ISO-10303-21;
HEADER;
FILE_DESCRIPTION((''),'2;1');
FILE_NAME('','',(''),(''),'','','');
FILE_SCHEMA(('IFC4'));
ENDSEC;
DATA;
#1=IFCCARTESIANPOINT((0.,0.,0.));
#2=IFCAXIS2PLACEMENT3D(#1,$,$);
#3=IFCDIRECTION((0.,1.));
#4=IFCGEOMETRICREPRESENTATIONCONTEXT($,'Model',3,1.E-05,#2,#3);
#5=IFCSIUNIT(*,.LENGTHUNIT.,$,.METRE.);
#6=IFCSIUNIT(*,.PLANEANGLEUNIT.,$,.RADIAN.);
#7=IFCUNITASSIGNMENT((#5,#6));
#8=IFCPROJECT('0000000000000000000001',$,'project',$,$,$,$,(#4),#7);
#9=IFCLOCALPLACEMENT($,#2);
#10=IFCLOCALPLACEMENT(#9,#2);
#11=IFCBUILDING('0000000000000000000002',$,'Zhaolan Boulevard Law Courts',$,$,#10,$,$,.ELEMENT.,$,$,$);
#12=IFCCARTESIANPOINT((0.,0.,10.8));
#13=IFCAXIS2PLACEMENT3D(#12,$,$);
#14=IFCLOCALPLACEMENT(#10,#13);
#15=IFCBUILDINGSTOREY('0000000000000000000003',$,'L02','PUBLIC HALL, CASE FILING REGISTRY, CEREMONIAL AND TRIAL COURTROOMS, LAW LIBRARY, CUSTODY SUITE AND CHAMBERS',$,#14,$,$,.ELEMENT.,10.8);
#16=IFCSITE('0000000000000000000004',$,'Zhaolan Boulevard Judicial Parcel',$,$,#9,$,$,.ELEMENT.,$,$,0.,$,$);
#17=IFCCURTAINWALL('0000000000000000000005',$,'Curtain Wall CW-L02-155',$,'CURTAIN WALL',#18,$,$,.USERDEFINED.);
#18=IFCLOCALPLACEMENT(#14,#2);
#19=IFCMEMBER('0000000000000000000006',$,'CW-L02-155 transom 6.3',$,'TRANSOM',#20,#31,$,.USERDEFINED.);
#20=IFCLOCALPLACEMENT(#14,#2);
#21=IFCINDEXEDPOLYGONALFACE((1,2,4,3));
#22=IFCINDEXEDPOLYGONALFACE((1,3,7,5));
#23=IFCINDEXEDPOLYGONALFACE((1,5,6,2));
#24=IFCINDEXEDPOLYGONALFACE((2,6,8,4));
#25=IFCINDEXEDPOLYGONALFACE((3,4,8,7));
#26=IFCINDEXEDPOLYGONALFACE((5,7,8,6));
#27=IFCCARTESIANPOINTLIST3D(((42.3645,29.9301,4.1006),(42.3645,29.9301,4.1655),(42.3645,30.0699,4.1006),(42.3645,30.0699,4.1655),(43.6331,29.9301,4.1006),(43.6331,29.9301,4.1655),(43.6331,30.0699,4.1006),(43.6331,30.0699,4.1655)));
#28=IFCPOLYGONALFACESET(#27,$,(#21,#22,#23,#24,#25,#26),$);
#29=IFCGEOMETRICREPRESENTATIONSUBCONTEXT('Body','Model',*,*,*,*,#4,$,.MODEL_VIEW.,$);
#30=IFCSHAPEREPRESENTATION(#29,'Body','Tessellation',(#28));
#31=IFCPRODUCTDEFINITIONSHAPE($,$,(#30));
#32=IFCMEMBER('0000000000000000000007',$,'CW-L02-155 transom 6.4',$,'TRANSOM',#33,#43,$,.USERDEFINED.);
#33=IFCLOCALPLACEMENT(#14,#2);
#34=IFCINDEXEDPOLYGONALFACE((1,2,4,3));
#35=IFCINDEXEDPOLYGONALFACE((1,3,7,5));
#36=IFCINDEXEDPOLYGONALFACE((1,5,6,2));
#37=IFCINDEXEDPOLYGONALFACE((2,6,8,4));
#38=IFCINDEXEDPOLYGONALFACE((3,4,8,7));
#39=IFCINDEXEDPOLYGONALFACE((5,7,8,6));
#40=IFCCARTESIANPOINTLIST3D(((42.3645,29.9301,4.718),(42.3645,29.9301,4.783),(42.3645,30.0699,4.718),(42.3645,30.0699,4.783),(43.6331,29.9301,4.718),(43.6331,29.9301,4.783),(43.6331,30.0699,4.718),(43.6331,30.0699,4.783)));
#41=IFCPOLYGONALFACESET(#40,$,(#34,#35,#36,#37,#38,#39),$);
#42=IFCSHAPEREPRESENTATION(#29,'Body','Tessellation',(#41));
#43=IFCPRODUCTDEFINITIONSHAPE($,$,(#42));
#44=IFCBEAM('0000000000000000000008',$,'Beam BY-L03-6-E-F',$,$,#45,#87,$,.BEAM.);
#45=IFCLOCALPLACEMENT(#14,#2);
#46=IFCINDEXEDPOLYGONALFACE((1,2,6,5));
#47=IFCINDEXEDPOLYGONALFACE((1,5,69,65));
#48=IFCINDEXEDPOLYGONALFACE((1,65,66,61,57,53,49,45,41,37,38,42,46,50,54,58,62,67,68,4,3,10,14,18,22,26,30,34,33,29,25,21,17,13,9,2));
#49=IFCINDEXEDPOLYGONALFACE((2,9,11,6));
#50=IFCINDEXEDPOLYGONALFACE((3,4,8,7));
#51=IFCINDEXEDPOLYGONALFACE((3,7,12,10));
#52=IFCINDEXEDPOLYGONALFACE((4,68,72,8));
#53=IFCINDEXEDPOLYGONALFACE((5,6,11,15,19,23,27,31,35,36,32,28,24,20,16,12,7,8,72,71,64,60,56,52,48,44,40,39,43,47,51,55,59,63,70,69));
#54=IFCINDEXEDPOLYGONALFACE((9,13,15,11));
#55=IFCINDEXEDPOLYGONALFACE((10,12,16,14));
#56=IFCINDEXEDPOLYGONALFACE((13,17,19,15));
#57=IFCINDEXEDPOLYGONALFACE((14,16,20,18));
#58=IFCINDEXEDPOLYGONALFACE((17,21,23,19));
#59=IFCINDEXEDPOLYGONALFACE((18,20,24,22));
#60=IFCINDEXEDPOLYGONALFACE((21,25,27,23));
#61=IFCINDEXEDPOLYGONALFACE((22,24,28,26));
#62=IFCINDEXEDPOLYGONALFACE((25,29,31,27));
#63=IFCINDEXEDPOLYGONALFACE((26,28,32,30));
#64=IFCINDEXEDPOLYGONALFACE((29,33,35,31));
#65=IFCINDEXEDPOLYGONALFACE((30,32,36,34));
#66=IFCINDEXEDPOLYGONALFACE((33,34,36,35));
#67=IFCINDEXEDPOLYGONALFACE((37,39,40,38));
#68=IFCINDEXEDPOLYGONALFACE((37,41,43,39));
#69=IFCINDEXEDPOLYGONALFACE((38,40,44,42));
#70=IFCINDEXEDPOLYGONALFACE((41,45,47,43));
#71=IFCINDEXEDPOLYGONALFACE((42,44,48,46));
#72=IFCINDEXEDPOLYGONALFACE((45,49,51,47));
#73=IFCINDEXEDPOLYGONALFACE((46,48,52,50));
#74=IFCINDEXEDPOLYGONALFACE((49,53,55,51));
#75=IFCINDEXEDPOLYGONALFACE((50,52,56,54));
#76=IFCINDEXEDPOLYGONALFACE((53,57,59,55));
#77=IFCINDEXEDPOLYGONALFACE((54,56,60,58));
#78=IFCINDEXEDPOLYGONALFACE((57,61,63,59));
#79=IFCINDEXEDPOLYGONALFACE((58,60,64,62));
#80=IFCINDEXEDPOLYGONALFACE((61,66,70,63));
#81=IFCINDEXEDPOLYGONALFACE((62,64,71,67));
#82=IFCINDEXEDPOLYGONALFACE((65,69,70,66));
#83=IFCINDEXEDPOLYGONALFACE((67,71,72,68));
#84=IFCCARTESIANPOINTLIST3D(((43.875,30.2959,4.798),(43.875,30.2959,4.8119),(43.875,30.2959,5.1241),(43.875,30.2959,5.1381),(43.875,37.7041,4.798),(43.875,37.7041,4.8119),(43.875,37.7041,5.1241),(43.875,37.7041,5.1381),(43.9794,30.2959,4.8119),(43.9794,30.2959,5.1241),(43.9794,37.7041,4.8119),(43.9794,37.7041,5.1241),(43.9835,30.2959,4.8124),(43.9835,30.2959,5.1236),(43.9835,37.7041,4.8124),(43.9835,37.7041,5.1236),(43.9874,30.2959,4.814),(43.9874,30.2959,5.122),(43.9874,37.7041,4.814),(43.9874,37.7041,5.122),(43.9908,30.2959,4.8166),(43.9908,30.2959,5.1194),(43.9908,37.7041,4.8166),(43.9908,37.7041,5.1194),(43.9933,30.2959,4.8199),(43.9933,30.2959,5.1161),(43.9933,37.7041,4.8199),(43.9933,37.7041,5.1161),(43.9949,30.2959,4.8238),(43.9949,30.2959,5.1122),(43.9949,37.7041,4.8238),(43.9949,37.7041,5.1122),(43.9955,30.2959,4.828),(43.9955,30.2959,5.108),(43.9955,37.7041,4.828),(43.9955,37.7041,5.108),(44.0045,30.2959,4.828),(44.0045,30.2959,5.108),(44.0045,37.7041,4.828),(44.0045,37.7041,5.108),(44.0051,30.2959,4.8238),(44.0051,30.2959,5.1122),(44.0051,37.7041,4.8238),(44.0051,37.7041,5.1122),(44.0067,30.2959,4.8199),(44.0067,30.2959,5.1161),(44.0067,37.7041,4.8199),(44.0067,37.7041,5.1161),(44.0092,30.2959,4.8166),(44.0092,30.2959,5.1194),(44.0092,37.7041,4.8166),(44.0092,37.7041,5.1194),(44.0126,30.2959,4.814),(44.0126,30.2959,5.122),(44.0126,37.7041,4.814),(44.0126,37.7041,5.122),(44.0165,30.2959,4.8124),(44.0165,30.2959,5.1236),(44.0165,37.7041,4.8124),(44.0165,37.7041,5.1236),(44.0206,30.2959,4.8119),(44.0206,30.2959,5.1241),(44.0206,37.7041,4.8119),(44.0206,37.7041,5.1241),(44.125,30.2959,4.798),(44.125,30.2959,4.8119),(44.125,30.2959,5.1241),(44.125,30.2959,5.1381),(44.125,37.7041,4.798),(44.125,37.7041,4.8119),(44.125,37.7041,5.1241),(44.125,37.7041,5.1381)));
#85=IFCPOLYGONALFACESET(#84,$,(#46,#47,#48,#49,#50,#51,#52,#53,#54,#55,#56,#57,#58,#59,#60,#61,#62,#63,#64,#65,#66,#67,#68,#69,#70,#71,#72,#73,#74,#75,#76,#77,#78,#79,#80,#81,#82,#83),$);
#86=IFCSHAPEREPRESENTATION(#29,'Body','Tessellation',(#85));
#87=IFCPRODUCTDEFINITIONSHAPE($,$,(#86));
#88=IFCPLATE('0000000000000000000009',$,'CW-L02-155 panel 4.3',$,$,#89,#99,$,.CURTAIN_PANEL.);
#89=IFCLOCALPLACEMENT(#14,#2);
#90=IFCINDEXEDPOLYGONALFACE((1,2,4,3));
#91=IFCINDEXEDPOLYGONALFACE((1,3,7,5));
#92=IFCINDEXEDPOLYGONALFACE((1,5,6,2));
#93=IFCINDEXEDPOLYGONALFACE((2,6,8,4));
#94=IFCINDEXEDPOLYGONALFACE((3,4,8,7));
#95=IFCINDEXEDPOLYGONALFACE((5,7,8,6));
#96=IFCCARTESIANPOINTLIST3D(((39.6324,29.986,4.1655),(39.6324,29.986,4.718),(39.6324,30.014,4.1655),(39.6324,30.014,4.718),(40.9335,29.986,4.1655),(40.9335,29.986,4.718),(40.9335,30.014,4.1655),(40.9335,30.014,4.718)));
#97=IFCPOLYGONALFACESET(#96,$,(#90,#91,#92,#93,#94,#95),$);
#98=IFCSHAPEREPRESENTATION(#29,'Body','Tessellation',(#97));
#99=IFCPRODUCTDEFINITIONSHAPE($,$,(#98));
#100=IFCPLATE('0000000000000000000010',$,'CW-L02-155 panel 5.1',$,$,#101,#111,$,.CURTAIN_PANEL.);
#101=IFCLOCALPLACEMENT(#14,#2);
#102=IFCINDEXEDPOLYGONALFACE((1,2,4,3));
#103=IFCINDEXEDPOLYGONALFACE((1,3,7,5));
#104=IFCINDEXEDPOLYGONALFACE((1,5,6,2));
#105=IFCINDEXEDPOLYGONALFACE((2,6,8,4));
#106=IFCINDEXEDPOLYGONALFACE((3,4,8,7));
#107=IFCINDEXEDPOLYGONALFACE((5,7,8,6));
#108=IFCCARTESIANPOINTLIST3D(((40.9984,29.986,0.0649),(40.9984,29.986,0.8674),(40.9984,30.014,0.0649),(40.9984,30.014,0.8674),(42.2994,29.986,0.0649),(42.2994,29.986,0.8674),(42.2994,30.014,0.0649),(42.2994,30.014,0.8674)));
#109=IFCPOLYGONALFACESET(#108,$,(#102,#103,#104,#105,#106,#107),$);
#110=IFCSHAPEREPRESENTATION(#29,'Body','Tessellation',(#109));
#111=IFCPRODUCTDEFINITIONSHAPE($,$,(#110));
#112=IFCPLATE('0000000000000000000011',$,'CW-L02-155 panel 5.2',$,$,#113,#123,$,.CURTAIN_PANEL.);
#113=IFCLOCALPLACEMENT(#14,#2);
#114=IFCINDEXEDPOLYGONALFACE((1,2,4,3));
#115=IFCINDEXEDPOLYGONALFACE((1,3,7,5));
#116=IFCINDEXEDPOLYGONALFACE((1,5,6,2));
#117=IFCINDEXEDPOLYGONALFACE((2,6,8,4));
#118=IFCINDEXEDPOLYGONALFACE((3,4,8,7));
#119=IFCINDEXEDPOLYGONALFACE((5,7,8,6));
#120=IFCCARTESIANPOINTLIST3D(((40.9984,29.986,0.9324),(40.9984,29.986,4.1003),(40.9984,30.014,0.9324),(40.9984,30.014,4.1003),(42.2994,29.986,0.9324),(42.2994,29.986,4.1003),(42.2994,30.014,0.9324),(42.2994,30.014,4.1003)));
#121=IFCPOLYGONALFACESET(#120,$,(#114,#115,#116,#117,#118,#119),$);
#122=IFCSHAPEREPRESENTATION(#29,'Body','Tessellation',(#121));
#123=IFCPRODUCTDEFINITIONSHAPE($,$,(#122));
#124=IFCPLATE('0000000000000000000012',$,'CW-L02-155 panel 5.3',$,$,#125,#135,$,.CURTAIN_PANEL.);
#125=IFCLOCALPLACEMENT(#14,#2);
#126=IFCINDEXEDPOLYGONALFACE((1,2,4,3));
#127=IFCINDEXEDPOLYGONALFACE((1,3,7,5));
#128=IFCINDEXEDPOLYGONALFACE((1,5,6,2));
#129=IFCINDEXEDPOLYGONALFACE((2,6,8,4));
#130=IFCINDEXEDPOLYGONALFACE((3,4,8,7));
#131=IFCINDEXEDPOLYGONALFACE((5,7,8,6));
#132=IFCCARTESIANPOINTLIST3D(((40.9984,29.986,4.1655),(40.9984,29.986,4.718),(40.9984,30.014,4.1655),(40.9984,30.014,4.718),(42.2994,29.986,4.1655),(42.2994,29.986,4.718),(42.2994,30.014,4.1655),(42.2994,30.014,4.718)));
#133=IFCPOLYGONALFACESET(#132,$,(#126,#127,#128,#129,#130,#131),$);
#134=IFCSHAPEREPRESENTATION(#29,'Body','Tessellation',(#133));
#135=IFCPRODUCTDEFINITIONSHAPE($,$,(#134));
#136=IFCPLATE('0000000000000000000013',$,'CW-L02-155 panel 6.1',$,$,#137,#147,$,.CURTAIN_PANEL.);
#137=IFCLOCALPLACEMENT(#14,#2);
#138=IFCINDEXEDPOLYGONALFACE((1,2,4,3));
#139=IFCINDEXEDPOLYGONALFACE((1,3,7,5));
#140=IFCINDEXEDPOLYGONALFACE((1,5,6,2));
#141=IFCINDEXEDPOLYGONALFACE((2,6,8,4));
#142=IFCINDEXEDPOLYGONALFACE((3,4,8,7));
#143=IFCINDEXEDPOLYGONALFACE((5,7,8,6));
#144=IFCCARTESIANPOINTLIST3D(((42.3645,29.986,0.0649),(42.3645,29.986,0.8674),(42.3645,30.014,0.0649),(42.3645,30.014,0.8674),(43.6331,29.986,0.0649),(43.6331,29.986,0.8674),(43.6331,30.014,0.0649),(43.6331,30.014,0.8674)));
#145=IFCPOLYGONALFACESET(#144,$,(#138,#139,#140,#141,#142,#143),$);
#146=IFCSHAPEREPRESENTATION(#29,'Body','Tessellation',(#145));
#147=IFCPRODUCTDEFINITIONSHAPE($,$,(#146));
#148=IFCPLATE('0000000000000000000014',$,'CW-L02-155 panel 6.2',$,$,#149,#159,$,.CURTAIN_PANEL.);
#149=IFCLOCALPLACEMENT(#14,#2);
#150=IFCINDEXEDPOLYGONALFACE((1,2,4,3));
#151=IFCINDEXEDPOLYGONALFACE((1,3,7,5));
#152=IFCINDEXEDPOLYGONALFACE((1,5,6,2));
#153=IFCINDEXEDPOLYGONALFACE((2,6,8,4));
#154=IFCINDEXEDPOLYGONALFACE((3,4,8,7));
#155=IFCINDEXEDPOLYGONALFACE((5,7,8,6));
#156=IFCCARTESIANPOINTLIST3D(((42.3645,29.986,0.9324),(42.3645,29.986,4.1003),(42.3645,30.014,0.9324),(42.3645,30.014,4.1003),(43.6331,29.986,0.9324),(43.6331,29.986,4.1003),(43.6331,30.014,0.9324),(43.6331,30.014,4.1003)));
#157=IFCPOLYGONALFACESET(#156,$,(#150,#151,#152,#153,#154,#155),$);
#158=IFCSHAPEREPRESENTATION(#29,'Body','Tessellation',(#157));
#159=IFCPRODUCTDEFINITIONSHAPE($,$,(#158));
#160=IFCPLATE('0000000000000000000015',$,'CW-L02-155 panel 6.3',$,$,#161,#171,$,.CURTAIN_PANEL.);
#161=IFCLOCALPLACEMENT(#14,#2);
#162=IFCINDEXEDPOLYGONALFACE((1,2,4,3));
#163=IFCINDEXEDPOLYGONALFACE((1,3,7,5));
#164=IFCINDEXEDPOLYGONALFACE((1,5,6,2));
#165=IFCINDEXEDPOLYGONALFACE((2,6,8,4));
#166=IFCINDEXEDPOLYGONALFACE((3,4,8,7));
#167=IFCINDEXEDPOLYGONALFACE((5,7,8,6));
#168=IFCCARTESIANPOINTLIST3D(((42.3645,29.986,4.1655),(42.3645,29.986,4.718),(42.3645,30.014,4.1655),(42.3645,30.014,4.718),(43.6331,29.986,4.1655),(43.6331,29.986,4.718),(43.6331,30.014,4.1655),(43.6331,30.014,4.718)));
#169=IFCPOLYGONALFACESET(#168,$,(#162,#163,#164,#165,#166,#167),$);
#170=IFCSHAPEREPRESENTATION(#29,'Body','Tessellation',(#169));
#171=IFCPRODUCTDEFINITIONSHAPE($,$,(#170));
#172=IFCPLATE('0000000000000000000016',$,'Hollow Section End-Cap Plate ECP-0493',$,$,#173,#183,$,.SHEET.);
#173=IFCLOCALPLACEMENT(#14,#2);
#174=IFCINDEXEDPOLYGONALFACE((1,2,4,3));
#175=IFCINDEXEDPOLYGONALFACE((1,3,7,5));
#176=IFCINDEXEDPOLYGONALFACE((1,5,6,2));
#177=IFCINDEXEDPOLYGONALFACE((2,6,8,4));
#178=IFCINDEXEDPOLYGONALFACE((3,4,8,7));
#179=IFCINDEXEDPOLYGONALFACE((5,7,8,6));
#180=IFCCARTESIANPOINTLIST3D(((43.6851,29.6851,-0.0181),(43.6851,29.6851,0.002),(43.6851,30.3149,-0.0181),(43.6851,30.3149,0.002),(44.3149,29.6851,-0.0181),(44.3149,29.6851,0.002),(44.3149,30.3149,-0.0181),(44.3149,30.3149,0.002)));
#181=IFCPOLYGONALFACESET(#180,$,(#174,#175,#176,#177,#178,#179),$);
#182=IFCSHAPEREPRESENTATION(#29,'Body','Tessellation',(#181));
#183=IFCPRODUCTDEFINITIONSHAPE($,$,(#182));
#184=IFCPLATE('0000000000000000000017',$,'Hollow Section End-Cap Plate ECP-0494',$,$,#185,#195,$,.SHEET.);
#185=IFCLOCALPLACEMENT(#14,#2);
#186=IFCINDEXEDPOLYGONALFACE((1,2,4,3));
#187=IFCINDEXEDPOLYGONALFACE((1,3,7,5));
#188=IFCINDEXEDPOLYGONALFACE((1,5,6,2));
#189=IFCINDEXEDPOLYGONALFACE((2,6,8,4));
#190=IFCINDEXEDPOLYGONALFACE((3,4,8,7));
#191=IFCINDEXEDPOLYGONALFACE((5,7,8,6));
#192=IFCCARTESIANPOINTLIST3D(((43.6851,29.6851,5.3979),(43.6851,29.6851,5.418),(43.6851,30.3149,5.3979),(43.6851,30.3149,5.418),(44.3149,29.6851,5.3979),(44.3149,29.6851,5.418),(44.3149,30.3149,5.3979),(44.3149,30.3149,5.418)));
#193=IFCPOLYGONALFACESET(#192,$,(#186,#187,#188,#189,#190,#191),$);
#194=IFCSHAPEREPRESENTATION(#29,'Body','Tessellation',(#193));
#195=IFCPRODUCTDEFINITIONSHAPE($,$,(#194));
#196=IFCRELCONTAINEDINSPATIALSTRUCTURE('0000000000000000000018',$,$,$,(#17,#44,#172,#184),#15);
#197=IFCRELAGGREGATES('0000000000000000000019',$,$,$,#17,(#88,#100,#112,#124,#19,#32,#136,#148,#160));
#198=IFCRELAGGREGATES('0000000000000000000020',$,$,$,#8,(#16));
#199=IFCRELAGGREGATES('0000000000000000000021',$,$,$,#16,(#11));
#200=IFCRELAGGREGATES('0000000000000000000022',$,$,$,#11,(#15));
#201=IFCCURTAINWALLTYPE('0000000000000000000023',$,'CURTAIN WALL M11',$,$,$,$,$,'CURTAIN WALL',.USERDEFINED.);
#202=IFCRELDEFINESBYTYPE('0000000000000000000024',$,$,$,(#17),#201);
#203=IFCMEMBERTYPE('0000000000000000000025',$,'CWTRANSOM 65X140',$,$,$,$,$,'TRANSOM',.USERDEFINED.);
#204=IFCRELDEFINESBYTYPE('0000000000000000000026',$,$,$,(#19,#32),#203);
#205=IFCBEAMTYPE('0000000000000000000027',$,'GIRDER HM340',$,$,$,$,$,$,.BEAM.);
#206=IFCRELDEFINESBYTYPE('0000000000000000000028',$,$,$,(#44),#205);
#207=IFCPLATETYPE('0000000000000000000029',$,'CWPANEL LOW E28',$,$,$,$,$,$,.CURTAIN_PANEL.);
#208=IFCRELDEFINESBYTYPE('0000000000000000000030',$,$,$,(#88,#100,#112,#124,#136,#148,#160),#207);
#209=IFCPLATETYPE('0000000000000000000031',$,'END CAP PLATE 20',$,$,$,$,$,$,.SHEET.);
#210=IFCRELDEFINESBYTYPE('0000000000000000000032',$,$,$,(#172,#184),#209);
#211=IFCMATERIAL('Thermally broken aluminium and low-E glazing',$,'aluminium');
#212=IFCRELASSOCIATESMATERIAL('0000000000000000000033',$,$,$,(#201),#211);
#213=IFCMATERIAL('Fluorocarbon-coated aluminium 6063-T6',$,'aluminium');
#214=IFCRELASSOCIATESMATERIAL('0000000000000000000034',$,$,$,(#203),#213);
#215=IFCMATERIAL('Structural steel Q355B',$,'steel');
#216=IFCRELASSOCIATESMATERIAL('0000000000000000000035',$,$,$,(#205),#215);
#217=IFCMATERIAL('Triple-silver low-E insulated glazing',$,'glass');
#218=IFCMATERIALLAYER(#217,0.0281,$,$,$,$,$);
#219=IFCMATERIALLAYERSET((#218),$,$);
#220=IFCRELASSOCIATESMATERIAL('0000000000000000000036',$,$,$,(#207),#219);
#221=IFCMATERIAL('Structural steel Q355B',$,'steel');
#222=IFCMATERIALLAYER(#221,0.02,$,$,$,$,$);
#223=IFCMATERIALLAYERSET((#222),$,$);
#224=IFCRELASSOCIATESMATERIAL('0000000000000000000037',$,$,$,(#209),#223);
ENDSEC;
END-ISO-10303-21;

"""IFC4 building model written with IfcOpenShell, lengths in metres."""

from ifc_helpers import new_model, si_unit, direction, frame, origin, origin_2d, place, context, subcontext, project, spatial, rectangle, i_section, extrude, material, layer, layer_set, material_profile, profile_set, type_object, element, aggregate, save


model = new_model("IFC4")

# Units and contexts
model_context = context("Model", 3, precision=1e-05, world=origin(), true_north=direction((0.0, 1.0)))
body_context = subcontext(model_context, "Body", "Model", "MODEL_VIEW")
ifc_project = project(units=[si_unit("LENGTHUNIT", "METRE"), si_unit("PLANEANGLEUNIT", "RADIAN")], contexts=[model_context])

# Site, building, storey
site_placement = place(None, origin())
site = spatial("IfcSite", under=ifc_project, at=site_placement, Name="Zhaolan Boulevard Judicial Parcel", CompositionType="ELEMENT", RefElevation=0.0)
building_placement = place(site_placement, origin())
building = spatial("IfcBuilding", under=site, at=building_placement, Name="Zhaolan Boulevard Law Courts", CompositionType="ELEMENT")
storey_placement = place(building_placement, frame((0.0, 0.0, 10.8)))
storey = spatial("IfcBuildingStorey", under=building, at=storey_placement, Name="L02", Description="PUBLIC HALL, CASE FILING REGISTRY, CEREMONIAL AND TRIAL COURTROOMS, LAW LIBRARY, CUSTODY SUITE AND CHAMBERS", CompositionType="ELEMENT", Elevation=10.8)

# Curtain wall, members
ifc_material_1 = material(Name="Thermally broken aluminium and low-E glazing", Category="aluminium")
curtain_wall_type = type_object("IfcCurtainWallType", Name="CURTAIN WALL M11", ElementType="CURTAIN WALL", PredefinedType="USERDEFINED", material=ifc_material_1)
curtain_wall_placement = place(storey_placement, origin())
curtain_wall = element("IfcCurtainWall", 1, at=curtain_wall_placement, inside=storey, type_object=curtain_wall_type, Name="Curtain Wall CW-L02-155", ObjectType="CURTAIN WALL", PredefinedType="USERDEFINED")
ifc_material_2 = material(Name="Fluorocarbon-coated aluminium 6063-T6", Category="aluminium")
ifc_material_profile_1 = material_profile(ifc_material_2, rectangle(XDim=0.1399, YDim=0.0649, at=origin_2d()), Name="AL65x140")
ifc_profile_set_1 = profile_set([ifc_material_profile_1], Name="Fluorocarbon-coated aluminium 6063-T6")
member_type_1 = type_object("IfcMemberType", Name="CWTRANSOM 65X140", ElementType="TRANSOM", PredefinedType="USERDEFINED", material=ifc_profile_set_1)
member_1_placement = place(storey_placement, frame((42.3645, 30.0, 4.1331), z_axis=(1.0, 0.0, 0.0), x_axis=(0.0, 1.0, 0.0)))
member_1 = element("IfcMember", 2, at=member_1_placement, type_object=member_type_1, Name="CW-L02-155 transom 6.3", ObjectType="TRANSOM", PredefinedType="USERDEFINED", context=body_context, shape_type="SweptSolid", body=[
    extrude(rectangle(XDim=0.1399, YDim=0.0649, at=origin_2d()), origin(), (0.0, 0.0, 1.0), 1.2686),
])
member_2_placement = place(storey_placement, frame((42.3645, 30.0, 4.7505), z_axis=(1.0, 0.0, 0.0), x_axis=(0.0, 1.0, 0.0)))
member_2 = element("IfcMember", 3, at=member_2_placement, type_object=member_type_1, Name="CW-L02-155 transom 6.4", ObjectType="TRANSOM", PredefinedType="USERDEFINED", context=body_context, shape_type="SweptSolid", body=[
    extrude(rectangle(XDim=0.1399, YDim=0.0649, at=origin_2d()), origin(), (0.0, 0.0, 1.0), 1.2686),
])

# Beam
ifc_material_3 = material(Name="Structural steel Q355B", Category="steel")
ifc_material_profile_2 = material_profile(ifc_material_3, i_section(OverallWidth=0.25, OverallDepth=0.3401, WebThickness=0.009, FlangeThickness=0.0139, FilletRadius=0.0161, at=origin_2d()), Name="HM340x250")
ifc_profile_set_2 = profile_set([ifc_material_profile_2], Name="Structural steel Q355B")
beam_type = type_object("IfcBeamType", Name="GIRDER HM340", PredefinedType="BEAM", material=ifc_profile_set_2)
beam_placement = place(storey_placement, frame((44.0, 30.2959, 4.968), z_axis=(0.0, 1.0, 0.0), x_axis=(-1.0, 0.0, 0.0)))
element("IfcBeam", 4, at=beam_placement, inside=storey, type_object=beam_type, Name="Beam BY-L03-6-E-F", PredefinedType="BEAM", context=body_context, shape_type="SweptSolid", body=[
    extrude(i_section(OverallWidth=0.25, OverallDepth=0.3401, WebThickness=0.009, FlangeThickness=0.0139, FilletRadius=0.0161, at=origin_2d()), origin(), (0.0, 0.0, 1.0), 7.4082),
])

# Plates
ifc_material_4 = material(Name="Triple-silver low-E insulated glazing", Category="glass")
ifc_layer_1 = layer(ifc_material_4, 0.0281)
ifc_layer_set_1 = layer_set([ifc_layer_1])
plate_type_1 = type_object("IfcPlateType", Name="CWPANEL LOW E28", PredefinedType="CURTAIN_PANEL", material=ifc_layer_set_1)
plate_1_placement = place(storey_placement, frame((40.283, 30.0, 4.1655), z_axis=(0.0, 0.0, 1.0), x_axis=(1.0, 0.0, 0.0)))
plate_1 = element("IfcPlate", 5, at=plate_1_placement, type_object=plate_type_1, Name="CW-L02-155 panel 4.3", PredefinedType="CURTAIN_PANEL", context=body_context, shape_type="SweptSolid", body=[
    extrude(rectangle(XDim=1.301, YDim=0.0281, at=origin_2d()), origin(), (0.0, 0.0, 1.0), 0.5525),
])
plate_2_placement = place(storey_placement, frame((41.6489, 30.0, 0.0649), z_axis=(0.0, 0.0, 1.0), x_axis=(1.0, 0.0, 0.0)))
plate_2 = element("IfcPlate", 6, at=plate_2_placement, type_object=plate_type_1, Name="CW-L02-155 panel 5.1", PredefinedType="CURTAIN_PANEL", context=body_context, shape_type="SweptSolid", body=[
    extrude(rectangle(XDim=1.301, YDim=0.0281, at=origin_2d()), origin(), (0.0, 0.0, 1.0), 0.8025),
])
plate_3_placement = place(storey_placement, frame((41.6489, 30.0, 0.9324), z_axis=(0.0, 0.0, 1.0), x_axis=(1.0, 0.0, 0.0)))
plate_3 = element("IfcPlate", 7, at=plate_3_placement, type_object=plate_type_1, Name="CW-L02-155 panel 5.2", PredefinedType="CURTAIN_PANEL", context=body_context, shape_type="SweptSolid", body=[
    extrude(rectangle(XDim=1.301, YDim=0.0281, at=origin_2d()), origin(), (0.0, 0.0, 1.0), 3.168),
])
plate_4_placement = place(storey_placement, frame((41.6489, 30.0, 4.1655), z_axis=(0.0, 0.0, 1.0), x_axis=(1.0, 0.0, 0.0)))
plate_4 = element("IfcPlate", 8, at=plate_4_placement, type_object=plate_type_1, Name="CW-L02-155 panel 5.3", PredefinedType="CURTAIN_PANEL", context=body_context, shape_type="SweptSolid", body=[
    extrude(rectangle(XDim=1.301, YDim=0.0281, at=origin_2d()), origin(), (0.0, 0.0, 1.0), 0.5525),
])
plate_5_placement = place(storey_placement, frame((42.9988, 30.0, 0.0649), z_axis=(0.0, 0.0, 1.0), x_axis=(1.0, 0.0, 0.0)))
plate_5 = element("IfcPlate", 9, at=plate_5_placement, type_object=plate_type_1, Name="CW-L02-155 panel 6.1", PredefinedType="CURTAIN_PANEL", context=body_context, shape_type="SweptSolid", body=[
    extrude(rectangle(XDim=1.2686, YDim=0.0281, at=origin_2d()), origin(), (0.0, 0.0, 1.0), 0.8025),
])
plate_6_placement = place(storey_placement, frame((42.9988, 30.0, 0.9324), z_axis=(0.0, 0.0, 1.0), x_axis=(1.0, 0.0, 0.0)))
plate_6 = element("IfcPlate", 10, at=plate_6_placement, type_object=plate_type_1, Name="CW-L02-155 panel 6.2", PredefinedType="CURTAIN_PANEL", context=body_context, shape_type="SweptSolid", body=[
    extrude(rectangle(XDim=1.2686, YDim=0.0281, at=origin_2d()), origin(), (0.0, 0.0, 1.0), 3.168),
])
plate_7_placement = place(storey_placement, frame((42.9988, 30.0, 4.1655), z_axis=(0.0, 0.0, 1.0), x_axis=(1.0, 0.0, 0.0)))
plate_7 = element("IfcPlate", 11, at=plate_7_placement, type_object=plate_type_1, Name="CW-L02-155 panel 6.3", PredefinedType="CURTAIN_PANEL", context=body_context, shape_type="SweptSolid", body=[
    extrude(rectangle(XDim=1.2686, YDim=0.0281, at=origin_2d()), origin(), (0.0, 0.0, 1.0), 0.5525),
])
aggregate(curtain_wall, [plate_1, plate_2, plate_3, plate_4, member_1, member_2, plate_5, plate_6, plate_7])

# Plates
ifc_material_5 = material(Name="Structural steel Q355B", Category="steel")
ifc_layer_2 = layer(ifc_material_5, 0.02)
ifc_layer_set_2 = layer_set([ifc_layer_2])
plate_type_2 = type_object("IfcPlateType", Name="END CAP PLATE 20", PredefinedType="SHEET", material=ifc_layer_set_2)
for number, where, z_axis, x_axis, name in (
    (12, (44.0, 30.0, -0.0181), (0.0, 0.0, 1.0), (1.0, 0.0, 0.0), "Hollow Section End-Cap Plate ECP-0493"),
    (13, (44.0, 30.0, 5.3979), (0.0, 0.0, 1.0), (1.0, 0.0, 0.0), "Hollow Section End-Cap Plate ECP-0494"),
):
    element("IfcPlate", number, at=place(storey_placement, frame(where, z_axis=z_axis, x_axis=x_axis)), inside=storey, type_object=plate_type_2, Name=name, PredefinedType="SHEET", context=body_context, shape_type="SweptSolid", body=[
        extrude(rectangle(XDim=0.6299, YDim=0.6299, at=origin_2d()), origin(), (0.0, 0.0, 1.0), 0.02),
    ])

save(model, "model.ifc")
